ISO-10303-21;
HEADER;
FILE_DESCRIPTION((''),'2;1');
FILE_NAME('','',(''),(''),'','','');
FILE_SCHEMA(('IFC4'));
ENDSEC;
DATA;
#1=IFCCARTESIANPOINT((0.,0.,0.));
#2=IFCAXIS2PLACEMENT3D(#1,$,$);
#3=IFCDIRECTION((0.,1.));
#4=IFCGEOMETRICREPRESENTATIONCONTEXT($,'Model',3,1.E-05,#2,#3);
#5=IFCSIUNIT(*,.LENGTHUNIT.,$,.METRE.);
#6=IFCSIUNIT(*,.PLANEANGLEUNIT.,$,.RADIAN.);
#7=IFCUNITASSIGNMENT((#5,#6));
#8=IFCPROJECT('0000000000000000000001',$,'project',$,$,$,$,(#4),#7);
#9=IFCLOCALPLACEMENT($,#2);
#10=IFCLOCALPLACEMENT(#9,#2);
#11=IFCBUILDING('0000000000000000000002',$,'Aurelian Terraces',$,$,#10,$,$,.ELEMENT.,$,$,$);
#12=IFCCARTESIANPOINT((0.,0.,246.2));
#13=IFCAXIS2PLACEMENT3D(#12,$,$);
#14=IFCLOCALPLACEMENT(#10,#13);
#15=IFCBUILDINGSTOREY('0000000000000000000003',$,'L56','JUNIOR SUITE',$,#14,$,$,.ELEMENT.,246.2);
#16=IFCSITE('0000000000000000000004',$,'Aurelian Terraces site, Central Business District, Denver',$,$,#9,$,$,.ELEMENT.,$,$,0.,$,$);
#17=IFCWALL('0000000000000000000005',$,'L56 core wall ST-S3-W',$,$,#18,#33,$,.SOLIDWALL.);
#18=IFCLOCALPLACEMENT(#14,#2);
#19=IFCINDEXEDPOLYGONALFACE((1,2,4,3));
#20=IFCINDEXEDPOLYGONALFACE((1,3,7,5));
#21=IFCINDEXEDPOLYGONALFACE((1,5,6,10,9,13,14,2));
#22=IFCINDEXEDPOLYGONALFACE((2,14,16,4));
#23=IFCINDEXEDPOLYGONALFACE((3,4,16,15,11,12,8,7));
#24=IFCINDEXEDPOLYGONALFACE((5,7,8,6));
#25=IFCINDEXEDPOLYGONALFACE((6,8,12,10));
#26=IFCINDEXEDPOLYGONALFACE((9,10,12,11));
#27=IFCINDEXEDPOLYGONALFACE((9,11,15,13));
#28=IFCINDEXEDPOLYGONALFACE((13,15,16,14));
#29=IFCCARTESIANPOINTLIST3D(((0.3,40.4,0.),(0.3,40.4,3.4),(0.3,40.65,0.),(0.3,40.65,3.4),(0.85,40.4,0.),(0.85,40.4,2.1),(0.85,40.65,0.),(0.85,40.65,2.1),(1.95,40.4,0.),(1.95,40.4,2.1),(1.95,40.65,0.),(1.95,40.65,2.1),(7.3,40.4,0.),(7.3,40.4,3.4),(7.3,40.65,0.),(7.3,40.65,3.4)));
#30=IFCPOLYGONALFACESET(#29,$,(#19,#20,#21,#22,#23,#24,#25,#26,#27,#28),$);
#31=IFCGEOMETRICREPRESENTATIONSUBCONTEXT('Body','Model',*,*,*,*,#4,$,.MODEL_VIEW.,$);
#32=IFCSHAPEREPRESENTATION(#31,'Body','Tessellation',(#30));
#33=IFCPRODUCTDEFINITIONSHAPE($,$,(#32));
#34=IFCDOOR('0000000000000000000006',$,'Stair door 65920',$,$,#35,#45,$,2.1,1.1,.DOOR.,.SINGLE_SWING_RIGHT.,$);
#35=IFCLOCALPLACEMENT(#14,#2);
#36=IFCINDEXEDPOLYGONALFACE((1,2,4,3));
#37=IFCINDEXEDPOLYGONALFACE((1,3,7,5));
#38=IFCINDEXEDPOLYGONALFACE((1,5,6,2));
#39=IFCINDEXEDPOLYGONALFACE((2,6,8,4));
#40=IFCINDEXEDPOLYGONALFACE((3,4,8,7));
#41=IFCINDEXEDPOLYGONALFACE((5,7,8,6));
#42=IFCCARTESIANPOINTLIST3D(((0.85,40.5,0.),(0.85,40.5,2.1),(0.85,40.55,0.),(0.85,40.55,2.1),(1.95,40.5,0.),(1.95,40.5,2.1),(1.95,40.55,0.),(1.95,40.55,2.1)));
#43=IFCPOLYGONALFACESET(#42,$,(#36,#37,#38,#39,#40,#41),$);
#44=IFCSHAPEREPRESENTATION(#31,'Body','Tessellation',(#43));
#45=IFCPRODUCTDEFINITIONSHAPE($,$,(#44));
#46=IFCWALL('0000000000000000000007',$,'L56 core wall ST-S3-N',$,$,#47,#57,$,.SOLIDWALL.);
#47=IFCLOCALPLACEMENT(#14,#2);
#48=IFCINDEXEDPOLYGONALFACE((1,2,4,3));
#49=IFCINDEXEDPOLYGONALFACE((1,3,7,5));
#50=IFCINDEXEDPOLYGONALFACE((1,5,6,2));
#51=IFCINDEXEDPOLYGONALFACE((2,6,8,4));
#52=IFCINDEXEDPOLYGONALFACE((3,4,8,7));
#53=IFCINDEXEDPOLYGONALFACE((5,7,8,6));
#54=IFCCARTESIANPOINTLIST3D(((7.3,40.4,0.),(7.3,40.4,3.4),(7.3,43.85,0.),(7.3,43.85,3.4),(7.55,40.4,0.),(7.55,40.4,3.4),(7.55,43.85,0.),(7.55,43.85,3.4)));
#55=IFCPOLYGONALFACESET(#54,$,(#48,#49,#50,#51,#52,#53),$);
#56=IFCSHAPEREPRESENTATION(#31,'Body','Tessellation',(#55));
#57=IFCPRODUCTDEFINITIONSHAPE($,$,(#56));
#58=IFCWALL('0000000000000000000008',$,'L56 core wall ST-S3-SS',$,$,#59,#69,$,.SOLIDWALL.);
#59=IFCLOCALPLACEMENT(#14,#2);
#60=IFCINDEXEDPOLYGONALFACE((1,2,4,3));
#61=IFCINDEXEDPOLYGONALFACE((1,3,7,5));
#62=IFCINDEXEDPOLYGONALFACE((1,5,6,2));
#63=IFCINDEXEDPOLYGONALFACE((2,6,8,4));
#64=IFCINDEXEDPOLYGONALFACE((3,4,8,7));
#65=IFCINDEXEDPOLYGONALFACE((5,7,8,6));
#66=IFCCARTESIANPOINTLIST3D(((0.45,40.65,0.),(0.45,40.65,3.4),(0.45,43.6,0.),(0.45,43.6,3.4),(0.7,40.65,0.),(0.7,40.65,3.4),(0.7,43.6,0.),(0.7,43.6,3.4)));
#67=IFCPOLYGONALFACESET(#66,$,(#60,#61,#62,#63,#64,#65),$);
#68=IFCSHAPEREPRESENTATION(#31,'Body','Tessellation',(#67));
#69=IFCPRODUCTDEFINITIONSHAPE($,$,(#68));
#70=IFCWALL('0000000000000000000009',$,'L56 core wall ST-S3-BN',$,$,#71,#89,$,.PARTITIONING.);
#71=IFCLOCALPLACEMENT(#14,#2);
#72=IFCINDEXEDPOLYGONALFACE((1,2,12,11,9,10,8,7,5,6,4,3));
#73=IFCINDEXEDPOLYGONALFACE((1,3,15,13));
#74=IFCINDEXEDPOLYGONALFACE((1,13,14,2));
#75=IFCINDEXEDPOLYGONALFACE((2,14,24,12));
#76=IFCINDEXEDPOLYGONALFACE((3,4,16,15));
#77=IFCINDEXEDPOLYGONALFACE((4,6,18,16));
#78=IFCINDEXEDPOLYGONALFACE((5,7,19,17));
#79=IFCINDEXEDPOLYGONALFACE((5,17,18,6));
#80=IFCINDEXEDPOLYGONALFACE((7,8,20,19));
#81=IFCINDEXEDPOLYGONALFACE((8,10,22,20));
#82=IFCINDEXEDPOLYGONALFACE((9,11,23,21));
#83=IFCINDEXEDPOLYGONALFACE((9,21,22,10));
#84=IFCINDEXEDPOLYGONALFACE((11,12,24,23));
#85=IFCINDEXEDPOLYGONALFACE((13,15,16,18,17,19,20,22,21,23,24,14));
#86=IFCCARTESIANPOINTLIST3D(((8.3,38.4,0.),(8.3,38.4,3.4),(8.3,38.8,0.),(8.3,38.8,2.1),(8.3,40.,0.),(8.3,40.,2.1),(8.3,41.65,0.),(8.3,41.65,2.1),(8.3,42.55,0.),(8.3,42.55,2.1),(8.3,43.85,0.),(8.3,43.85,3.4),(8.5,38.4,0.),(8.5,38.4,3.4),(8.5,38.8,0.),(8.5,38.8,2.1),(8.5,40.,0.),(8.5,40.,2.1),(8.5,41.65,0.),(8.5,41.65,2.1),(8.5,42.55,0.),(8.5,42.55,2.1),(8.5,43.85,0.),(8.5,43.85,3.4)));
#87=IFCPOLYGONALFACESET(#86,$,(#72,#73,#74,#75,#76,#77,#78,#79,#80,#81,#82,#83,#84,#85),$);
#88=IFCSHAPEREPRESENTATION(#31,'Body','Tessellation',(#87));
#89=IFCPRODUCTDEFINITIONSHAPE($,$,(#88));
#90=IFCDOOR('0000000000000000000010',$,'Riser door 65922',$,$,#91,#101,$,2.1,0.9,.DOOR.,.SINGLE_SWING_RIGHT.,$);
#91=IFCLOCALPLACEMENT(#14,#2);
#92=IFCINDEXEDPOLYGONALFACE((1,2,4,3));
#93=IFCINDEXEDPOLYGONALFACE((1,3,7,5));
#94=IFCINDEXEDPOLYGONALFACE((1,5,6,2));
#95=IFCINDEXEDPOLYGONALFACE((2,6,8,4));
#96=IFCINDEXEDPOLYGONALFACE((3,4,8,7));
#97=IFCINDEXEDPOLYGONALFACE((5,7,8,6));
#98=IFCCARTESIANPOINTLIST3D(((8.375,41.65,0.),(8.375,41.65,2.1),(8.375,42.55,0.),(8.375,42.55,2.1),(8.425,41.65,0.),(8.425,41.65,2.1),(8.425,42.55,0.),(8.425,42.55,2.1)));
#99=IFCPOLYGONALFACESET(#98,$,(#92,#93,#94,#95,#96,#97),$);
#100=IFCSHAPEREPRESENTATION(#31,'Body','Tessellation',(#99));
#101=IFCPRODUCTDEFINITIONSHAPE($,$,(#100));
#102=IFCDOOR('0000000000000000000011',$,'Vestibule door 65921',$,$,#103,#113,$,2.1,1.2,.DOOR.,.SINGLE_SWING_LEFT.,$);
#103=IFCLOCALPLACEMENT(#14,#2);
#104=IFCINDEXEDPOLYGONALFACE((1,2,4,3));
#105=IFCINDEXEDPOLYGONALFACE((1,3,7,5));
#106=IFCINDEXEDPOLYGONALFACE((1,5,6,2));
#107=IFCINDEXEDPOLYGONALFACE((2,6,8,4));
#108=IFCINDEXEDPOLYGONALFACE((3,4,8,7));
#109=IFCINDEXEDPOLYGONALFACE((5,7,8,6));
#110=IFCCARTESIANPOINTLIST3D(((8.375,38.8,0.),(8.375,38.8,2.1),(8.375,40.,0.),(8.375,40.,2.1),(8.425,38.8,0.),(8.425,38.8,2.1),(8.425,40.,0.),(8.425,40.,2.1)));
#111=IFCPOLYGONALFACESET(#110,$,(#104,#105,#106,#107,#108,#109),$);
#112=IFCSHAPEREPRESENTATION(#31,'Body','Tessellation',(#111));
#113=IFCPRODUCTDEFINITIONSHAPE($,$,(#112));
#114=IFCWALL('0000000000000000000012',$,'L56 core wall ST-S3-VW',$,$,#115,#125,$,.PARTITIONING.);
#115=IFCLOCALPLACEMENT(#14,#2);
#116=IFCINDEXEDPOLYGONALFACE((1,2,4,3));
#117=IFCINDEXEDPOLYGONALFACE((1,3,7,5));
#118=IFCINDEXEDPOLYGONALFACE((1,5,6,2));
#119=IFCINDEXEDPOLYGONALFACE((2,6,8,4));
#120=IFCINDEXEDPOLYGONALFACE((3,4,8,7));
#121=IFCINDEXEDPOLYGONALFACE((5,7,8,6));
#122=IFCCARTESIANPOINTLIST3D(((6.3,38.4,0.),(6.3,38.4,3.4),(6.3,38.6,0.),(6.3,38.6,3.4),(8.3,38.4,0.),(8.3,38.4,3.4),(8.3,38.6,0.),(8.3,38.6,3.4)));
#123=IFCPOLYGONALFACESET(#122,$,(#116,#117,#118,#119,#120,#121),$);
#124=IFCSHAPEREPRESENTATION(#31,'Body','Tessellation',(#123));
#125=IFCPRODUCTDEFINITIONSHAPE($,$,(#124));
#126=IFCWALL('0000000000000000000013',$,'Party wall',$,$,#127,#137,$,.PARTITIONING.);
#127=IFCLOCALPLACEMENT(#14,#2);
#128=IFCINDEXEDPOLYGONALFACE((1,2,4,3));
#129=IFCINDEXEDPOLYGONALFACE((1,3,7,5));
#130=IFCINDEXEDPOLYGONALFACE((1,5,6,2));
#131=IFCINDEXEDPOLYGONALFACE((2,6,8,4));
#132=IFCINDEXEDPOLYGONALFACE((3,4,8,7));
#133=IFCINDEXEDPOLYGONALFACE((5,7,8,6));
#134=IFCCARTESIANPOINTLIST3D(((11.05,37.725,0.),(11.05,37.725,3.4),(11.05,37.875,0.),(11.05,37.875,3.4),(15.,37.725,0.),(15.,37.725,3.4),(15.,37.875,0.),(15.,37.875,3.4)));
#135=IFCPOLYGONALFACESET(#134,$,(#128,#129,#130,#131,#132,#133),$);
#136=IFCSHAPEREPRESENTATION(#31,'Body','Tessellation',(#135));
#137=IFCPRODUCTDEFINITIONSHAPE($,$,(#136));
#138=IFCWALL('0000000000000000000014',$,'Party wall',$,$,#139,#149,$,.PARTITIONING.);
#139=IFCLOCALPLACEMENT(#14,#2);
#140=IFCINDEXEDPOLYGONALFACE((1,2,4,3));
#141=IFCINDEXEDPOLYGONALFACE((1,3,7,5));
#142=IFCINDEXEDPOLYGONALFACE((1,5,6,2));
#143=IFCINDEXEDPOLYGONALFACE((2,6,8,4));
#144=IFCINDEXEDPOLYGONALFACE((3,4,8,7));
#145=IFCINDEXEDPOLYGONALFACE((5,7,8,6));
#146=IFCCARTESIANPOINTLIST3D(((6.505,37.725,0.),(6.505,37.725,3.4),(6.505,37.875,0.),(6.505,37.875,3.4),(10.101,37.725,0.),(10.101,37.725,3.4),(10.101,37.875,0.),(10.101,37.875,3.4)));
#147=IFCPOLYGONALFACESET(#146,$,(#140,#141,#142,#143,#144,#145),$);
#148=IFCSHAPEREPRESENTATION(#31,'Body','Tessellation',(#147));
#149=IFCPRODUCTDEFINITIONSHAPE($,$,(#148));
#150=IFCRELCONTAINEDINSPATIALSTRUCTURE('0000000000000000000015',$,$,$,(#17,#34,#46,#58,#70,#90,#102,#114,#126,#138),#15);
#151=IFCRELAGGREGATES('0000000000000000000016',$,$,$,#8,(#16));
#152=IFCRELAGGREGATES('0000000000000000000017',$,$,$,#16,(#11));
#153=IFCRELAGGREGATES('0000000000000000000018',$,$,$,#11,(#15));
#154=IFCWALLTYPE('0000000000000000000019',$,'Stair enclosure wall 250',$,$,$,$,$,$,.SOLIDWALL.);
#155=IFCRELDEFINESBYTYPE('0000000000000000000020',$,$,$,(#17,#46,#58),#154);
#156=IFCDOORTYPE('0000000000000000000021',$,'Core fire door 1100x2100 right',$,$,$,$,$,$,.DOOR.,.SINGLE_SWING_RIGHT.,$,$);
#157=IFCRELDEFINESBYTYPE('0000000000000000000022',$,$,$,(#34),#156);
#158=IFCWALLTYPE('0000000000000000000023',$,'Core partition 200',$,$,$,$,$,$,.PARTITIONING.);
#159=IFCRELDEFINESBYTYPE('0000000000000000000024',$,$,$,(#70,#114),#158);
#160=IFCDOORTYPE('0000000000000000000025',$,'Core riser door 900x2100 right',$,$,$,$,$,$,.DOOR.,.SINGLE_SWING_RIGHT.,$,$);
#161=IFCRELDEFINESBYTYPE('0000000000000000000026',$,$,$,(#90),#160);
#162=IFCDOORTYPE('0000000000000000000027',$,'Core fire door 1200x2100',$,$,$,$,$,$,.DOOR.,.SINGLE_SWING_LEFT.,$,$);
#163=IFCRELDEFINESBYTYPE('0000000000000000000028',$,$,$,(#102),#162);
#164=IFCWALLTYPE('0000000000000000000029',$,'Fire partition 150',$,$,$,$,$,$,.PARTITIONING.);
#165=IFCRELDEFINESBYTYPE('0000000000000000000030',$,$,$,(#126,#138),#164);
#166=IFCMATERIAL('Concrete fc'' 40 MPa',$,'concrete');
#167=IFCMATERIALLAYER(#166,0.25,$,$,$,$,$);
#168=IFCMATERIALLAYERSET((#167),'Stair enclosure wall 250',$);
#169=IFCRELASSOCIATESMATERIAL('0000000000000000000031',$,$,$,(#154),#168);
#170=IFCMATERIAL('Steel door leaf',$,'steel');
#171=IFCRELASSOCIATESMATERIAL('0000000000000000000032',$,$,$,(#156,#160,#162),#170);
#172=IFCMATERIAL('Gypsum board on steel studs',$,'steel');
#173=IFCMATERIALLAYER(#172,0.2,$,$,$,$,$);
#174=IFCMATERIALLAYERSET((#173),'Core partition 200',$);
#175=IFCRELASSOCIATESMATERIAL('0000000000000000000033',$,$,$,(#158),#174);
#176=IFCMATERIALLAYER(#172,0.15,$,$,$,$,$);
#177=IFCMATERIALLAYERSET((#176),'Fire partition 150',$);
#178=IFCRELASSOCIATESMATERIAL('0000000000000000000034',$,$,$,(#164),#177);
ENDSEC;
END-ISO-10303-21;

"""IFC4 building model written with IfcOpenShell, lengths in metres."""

from ifc_helpers import new_model, si_unit, direction, frame, frame_2d, origin, place, context, subcontext, project, spatial, rectangle, extrude, source, transform, mapped, material, layer, layer_set, type_object, element, fill, save


model = new_model("IFC4")

# Units and contexts
model_context = context("Model", 3, precision=1e-05, world=origin(), true_north=direction((0.0, 1.0)))
body_context = subcontext(model_context, "Body", "Model", "MODEL_VIEW")
ifc_project = project(units=[si_unit("LENGTHUNIT", "METRE"), si_unit("PLANEANGLEUNIT", "RADIAN")], contexts=[model_context])

# Site, building, storey
site_placement = place(None, origin())
site = spatial("IfcSite", under=ifc_project, at=site_placement, Name="Aurelian Terraces site, Central Business District, Denver", CompositionType="ELEMENT", RefElevation=0.0)
building_placement = place(site_placement, origin())
building = spatial("IfcBuilding", under=site, at=building_placement, Name="Aurelian Terraces", CompositionType="ELEMENT")
storey_placement = place(building_placement, frame((0.0, 0.0, 246.2)))
storey = spatial("IfcBuildingStorey", under=building, at=storey_placement, Name="L56", Description="JUNIOR SUITE", CompositionType="ELEMENT", Elevation=246.2)

# Shared definitions
ifc_material_1 = material(Name="Concrete fc' 40 MPa", Category="concrete")

# Wall, opening, door
ifc_layer_1 = layer(ifc_material_1, 0.25)
ifc_layer_set_1 = layer_set([ifc_layer_1], Name="Stair enclosure wall 250")
wall_type_1 = type_object("IfcWallType", Name="Stair enclosure wall 250", PredefinedType="SOLIDWALL", material=ifc_layer_set_1)
shared_shape_1 = source(origin(), body_context, "Body", "SweptSolid", [
    extrude(rectangle(XDim=7.0, YDim=0.25, at=frame_2d((3.5, 0.0))), origin(), (0.0, 0.0, 1.0), 3.4),
])
wall_1_placement = place(storey_placement, frame((0.3, 40.525, 0.0), z_axis=(0.0, 0.0, 1.0), x_axis=(1.0, 0.0, 0.0)))
wall_1 = element("IfcWall", 1, at=wall_1_placement, inside=storey, type_object=wall_type_1, Name="L56 core wall ST-S3-W", PredefinedType="SOLIDWALL", context=body_context, shape_type="MappedRepresentation", body=[
    mapped(shared_shape_1, transform((0.0, 0.0, 0.0), scale=1.0)),
])
shared_shape_2 = source(origin(), body_context, "Body", "SweptSolid", [
    extrude(rectangle(XDim=1.1, YDim=2.1, at=frame_2d((0.55, 1.05))), frame((0.0, 0.135, 0.0), z_axis=(0.0, -1.0, 0.0), x_axis=(1.0, 0.0, 0.0)), (0.0, 0.0, 1.0), 0.27),
])
opening_1_placement = place(wall_1_placement, frame((0.55, 0.0, 0.0)))
opening_1 = element("IfcOpeningElement", 2, at=opening_1_placement, cuts=wall_1, PredefinedType="OPENING", context=body_context, shape_type="MappedRepresentation", body=[
    mapped(shared_shape_2, transform((0.0, 0.0, 0.0), scale=1.0)),
])
ifc_material_2 = material(Name="Steel door leaf", Category="steel")
door_type_1 = type_object("IfcDoorType", Name="Core fire door 1100x2100 right", OperationType="SINGLE_SWING_RIGHT", PredefinedType="DOOR", material=ifc_material_2)
shared_shape_3 = source(origin(), body_context, "Body", "SweptSolid", [
    extrude(rectangle(XDim=1.1, YDim=2.1, at=frame_2d((0.55, 1.05))), frame((0.0, 0.025, 0.0), z_axis=(0.0, -1.0, 0.0), x_axis=(1.0, 0.0, 0.0)), (0.0, 0.0, 1.0), 0.05),
])
door_1_placement = place(opening_1_placement, origin())
door_1 = element("IfcDoor", 3, at=door_1_placement, inside=storey, type_object=door_type_1, Name="Stair door 65920", OperationType="SINGLE_SWING_RIGHT", OverallHeight=2.1, OverallWidth=1.1, PredefinedType="DOOR", context=body_context, shape_type="MappedRepresentation", body=[
    mapped(shared_shape_3, transform((0.0, 0.0, 0.0), scale=1.0)),
])
fill(opening_1, door_1)

# Walls
shared_shape_4 = source(origin(), body_context, "Body", "SweptSolid", [
    extrude(rectangle(XDim=3.45, YDim=0.25, at=frame_2d((1.725, 0.0))), origin(), (0.0, 0.0, 1.0), 3.4),
])
wall_2_placement = place(storey_placement, frame((7.425, 40.4, 0.0), z_axis=(0.0, 0.0, 1.0), x_axis=(0.0, 1.0, 0.0)))
element("IfcWall", 4, at=wall_2_placement, inside=storey, type_object=wall_type_1, Name="L56 core wall ST-S3-N", PredefinedType="SOLIDWALL", context=body_context, shape_type="MappedRepresentation", body=[
    mapped(shared_shape_4, transform((0.0, 0.0, 0.0), scale=1.0)),
])
shared_shape_5 = source(origin(), body_context, "Body", "SweptSolid", [
    extrude(rectangle(XDim=2.95, YDim=0.25, at=frame_2d((1.475, 0.0))), origin(), (0.0, 0.0, 1.0), 3.4),
])
wall_3_placement = place(storey_placement, frame((0.575, 40.65, 0.0), z_axis=(0.0, 0.0, 1.0), x_axis=(0.0, 1.0, 0.0)))
element("IfcWall", 5, at=wall_3_placement, inside=storey, type_object=wall_type_1, Name="L56 core wall ST-S3-SS", PredefinedType="SOLIDWALL", context=body_context, shape_type="MappedRepresentation", body=[
    mapped(shared_shape_5, transform((0.0, 0.0, 0.0), scale=1.0)),
])

# Wall, openings, doors
ifc_material_3 = material(Name="Gypsum board on steel studs", Category="steel")
ifc_layer_2 = layer(ifc_material_3, 0.2)
ifc_layer_set_2 = layer_set([ifc_layer_2], Name="Core partition 200")
wall_type_2 = type_object("IfcWallType", Name="Core partition 200", PredefinedType="PARTITIONING", material=ifc_layer_set_2)
shared_shape_6 = source(origin(), body_context, "Body", "SweptSolid", [
    extrude(rectangle(XDim=5.45, YDim=0.2, at=frame_2d((2.725, 0.0))), origin(), (0.0, 0.0, 1.0), 3.4),
])
wall_4_placement = place(storey_placement, frame((8.4, 38.4, 0.0), z_axis=(0.0, 0.0, 1.0), x_axis=(0.0, 1.0, 0.0)))
wall_4 = element("IfcWall", 6, at=wall_4_placement, inside=storey, type_object=wall_type_2, Name="L56 core wall ST-S3-BN", PredefinedType="PARTITIONING", context=body_context, shape_type="MappedRepresentation", body=[
    mapped(shared_shape_6, transform((0.0, 0.0, 0.0), scale=1.0)),
])
shared_shape_7 = source(origin(), body_context, "Body", "SweptSolid", [
    extrude(rectangle(XDim=1.2, YDim=2.1, at=frame_2d((0.6, 1.05))), frame((0.0, 0.11, 0.0), z_axis=(0.0, -1.0, 0.0), x_axis=(1.0, 0.0, 0.0)), (0.0, 0.0, 1.0), 0.22),
])
opening_2_placement = place(wall_4_placement, frame((0.4, 0.0, 0.0)))
opening_2 = element("IfcOpeningElement", 7, at=opening_2_placement, cuts=wall_4, PredefinedType="OPENING", context=body_context, shape_type="MappedRepresentation", body=[
    mapped(shared_shape_7, transform((0.0, 0.0, 0.0), scale=1.0)),
])
shared_shape_8 = source(origin(), body_context, "Body", "SweptSolid", [
    extrude(rectangle(XDim=0.9, YDim=2.1, at=frame_2d((0.45, 1.05))), frame((0.0, 0.11, 0.0), z_axis=(0.0, -1.0, 0.0), x_axis=(1.0, 0.0, 0.0)), (0.0, 0.0, 1.0), 0.22),
])
opening_3_placement = place(wall_4_placement, frame((3.25, 0.0, 0.0)))
opening_3 = element("IfcOpeningElement", 8, at=opening_3_placement, cuts=wall_4, PredefinedType="OPENING", context=body_context, shape_type="MappedRepresentation", body=[
    mapped(shared_shape_8, transform((0.0, 0.0, 0.0), scale=1.0)),
])
door_type_2 = type_object("IfcDoorType", Name="Core riser door 900x2100 right", OperationType="SINGLE_SWING_RIGHT", PredefinedType="DOOR", material=ifc_material_2)
shared_shape_9 = source(origin(), body_context, "Body", "SweptSolid", [
    extrude(rectangle(XDim=0.9, YDim=2.1, at=frame_2d((0.45, 1.05))), frame((0.0, 0.025, 0.0), z_axis=(0.0, -1.0, 0.0), x_axis=(1.0, 0.0, 0.0)), (0.0, 0.0, 1.0), 0.05),
])
door_2_placement = place(opening_3_placement, origin())
door_2 = element("IfcDoor", 9, at=door_2_placement, inside=storey, type_object=door_type_2, Name="Riser door 65922", OperationType="SINGLE_SWING_RIGHT", OverallHeight=2.1, OverallWidth=0.9, PredefinedType="DOOR", context=body_context, shape_type="MappedRepresentation", body=[
    mapped(shared_shape_9, transform((0.0, 0.0, 0.0), scale=1.0)),
])
fill(opening_3, door_2)
door_type_3 = type_object("IfcDoorType", Name="Core fire door 1200x2100", OperationType="SINGLE_SWING_LEFT", PredefinedType="DOOR", material=ifc_material_2)
shared_shape_10 = source(origin(), body_context, "Body", "SweptSolid", [
    extrude(rectangle(XDim=1.2, YDim=2.1, at=frame_2d((0.6, 1.05))), frame((0.0, 0.025, 0.0), z_axis=(0.0, -1.0, 0.0), x_axis=(1.0, 0.0, 0.0)), (0.0, 0.0, 1.0), 0.05),
])
door_3_placement = place(opening_2_placement, origin())
door_3 = element("IfcDoor", 10, at=door_3_placement, inside=storey, type_object=door_type_3, Name="Vestibule door 65921", OperationType="SINGLE_SWING_LEFT", OverallHeight=2.1, OverallWidth=1.2, PredefinedType="DOOR", context=body_context, shape_type="MappedRepresentation", body=[
    mapped(shared_shape_10, transform((0.0, 0.0, 0.0), scale=1.0)),
])
fill(opening_2, door_3)

# Walls
shared_shape_11 = source(origin(), body_context, "Body", "SweptSolid", [
    extrude(rectangle(XDim=2.0, YDim=0.2, at=frame_2d((1.0, 0.0))), origin(), (0.0, 0.0, 1.0), 3.4),
])
wall_5_placement = place(storey_placement, frame((6.3, 38.5, 0.0), z_axis=(0.0, 0.0, 1.0), x_axis=(1.0, 0.0, 0.0)))
element("IfcWall", 11, at=wall_5_placement, inside=storey, type_object=wall_type_2, Name="L56 core wall ST-S3-VW", PredefinedType="PARTITIONING", context=body_context, shape_type="MappedRepresentation", body=[
    mapped(shared_shape_11, transform((0.0, 0.0, 0.0), scale=1.0)),
])
ifc_layer_3 = layer(ifc_material_3, 0.15)
ifc_layer_set_3 = layer_set([ifc_layer_3], Name="Fire partition 150")
wall_type_3 = type_object("IfcWallType", Name="Fire partition 150", PredefinedType="PARTITIONING", material=ifc_layer_set_3)
shared_shape_12 = source(origin(), body_context, "Body", "SweptSolid", [
    extrude(rectangle(XDim=3.95, YDim=0.15, at=frame_2d((1.975, 0.0))), origin(), (0.0, 0.0, 1.0), 3.4),
])
wall_6_placement = place(storey_placement, frame((15.0, 37.8, 0.0), z_axis=(0.0, 0.0, 1.0), x_axis=(-1.0, 0.0, 0.0)))
element("IfcWall", 12, at=wall_6_placement, inside=storey, type_object=wall_type_3, Name="Party wall", PredefinedType="PARTITIONING", context=body_context, shape_type="MappedRepresentation", body=[
    mapped(shared_shape_12, transform((0.0, 0.0, 0.0), scale=1.0)),
])
shared_shape_13 = source(origin(), body_context, "Body", "SweptSolid", [
    extrude(rectangle(XDim=3.596, YDim=0.15, at=frame_2d((1.798, 0.0))), origin(), (0.0, 0.0, 1.0), 3.4),
])
wall_7_placement = place(storey_placement, frame((10.101, 37.8, 0.0), z_axis=(0.0, 0.0, 1.0), x_axis=(-1.0, 0.0, 0.0)))
element("IfcWall", 13, at=wall_7_placement, inside=storey, type_object=wall_type_3, Name="Party wall", PredefinedType="PARTITIONING", context=body_context, shape_type="MappedRepresentation", body=[
    mapped(shared_shape_13, transform((0.0, 0.0, 0.0), scale=1.0)),
])

save(model, "model.ifc")
